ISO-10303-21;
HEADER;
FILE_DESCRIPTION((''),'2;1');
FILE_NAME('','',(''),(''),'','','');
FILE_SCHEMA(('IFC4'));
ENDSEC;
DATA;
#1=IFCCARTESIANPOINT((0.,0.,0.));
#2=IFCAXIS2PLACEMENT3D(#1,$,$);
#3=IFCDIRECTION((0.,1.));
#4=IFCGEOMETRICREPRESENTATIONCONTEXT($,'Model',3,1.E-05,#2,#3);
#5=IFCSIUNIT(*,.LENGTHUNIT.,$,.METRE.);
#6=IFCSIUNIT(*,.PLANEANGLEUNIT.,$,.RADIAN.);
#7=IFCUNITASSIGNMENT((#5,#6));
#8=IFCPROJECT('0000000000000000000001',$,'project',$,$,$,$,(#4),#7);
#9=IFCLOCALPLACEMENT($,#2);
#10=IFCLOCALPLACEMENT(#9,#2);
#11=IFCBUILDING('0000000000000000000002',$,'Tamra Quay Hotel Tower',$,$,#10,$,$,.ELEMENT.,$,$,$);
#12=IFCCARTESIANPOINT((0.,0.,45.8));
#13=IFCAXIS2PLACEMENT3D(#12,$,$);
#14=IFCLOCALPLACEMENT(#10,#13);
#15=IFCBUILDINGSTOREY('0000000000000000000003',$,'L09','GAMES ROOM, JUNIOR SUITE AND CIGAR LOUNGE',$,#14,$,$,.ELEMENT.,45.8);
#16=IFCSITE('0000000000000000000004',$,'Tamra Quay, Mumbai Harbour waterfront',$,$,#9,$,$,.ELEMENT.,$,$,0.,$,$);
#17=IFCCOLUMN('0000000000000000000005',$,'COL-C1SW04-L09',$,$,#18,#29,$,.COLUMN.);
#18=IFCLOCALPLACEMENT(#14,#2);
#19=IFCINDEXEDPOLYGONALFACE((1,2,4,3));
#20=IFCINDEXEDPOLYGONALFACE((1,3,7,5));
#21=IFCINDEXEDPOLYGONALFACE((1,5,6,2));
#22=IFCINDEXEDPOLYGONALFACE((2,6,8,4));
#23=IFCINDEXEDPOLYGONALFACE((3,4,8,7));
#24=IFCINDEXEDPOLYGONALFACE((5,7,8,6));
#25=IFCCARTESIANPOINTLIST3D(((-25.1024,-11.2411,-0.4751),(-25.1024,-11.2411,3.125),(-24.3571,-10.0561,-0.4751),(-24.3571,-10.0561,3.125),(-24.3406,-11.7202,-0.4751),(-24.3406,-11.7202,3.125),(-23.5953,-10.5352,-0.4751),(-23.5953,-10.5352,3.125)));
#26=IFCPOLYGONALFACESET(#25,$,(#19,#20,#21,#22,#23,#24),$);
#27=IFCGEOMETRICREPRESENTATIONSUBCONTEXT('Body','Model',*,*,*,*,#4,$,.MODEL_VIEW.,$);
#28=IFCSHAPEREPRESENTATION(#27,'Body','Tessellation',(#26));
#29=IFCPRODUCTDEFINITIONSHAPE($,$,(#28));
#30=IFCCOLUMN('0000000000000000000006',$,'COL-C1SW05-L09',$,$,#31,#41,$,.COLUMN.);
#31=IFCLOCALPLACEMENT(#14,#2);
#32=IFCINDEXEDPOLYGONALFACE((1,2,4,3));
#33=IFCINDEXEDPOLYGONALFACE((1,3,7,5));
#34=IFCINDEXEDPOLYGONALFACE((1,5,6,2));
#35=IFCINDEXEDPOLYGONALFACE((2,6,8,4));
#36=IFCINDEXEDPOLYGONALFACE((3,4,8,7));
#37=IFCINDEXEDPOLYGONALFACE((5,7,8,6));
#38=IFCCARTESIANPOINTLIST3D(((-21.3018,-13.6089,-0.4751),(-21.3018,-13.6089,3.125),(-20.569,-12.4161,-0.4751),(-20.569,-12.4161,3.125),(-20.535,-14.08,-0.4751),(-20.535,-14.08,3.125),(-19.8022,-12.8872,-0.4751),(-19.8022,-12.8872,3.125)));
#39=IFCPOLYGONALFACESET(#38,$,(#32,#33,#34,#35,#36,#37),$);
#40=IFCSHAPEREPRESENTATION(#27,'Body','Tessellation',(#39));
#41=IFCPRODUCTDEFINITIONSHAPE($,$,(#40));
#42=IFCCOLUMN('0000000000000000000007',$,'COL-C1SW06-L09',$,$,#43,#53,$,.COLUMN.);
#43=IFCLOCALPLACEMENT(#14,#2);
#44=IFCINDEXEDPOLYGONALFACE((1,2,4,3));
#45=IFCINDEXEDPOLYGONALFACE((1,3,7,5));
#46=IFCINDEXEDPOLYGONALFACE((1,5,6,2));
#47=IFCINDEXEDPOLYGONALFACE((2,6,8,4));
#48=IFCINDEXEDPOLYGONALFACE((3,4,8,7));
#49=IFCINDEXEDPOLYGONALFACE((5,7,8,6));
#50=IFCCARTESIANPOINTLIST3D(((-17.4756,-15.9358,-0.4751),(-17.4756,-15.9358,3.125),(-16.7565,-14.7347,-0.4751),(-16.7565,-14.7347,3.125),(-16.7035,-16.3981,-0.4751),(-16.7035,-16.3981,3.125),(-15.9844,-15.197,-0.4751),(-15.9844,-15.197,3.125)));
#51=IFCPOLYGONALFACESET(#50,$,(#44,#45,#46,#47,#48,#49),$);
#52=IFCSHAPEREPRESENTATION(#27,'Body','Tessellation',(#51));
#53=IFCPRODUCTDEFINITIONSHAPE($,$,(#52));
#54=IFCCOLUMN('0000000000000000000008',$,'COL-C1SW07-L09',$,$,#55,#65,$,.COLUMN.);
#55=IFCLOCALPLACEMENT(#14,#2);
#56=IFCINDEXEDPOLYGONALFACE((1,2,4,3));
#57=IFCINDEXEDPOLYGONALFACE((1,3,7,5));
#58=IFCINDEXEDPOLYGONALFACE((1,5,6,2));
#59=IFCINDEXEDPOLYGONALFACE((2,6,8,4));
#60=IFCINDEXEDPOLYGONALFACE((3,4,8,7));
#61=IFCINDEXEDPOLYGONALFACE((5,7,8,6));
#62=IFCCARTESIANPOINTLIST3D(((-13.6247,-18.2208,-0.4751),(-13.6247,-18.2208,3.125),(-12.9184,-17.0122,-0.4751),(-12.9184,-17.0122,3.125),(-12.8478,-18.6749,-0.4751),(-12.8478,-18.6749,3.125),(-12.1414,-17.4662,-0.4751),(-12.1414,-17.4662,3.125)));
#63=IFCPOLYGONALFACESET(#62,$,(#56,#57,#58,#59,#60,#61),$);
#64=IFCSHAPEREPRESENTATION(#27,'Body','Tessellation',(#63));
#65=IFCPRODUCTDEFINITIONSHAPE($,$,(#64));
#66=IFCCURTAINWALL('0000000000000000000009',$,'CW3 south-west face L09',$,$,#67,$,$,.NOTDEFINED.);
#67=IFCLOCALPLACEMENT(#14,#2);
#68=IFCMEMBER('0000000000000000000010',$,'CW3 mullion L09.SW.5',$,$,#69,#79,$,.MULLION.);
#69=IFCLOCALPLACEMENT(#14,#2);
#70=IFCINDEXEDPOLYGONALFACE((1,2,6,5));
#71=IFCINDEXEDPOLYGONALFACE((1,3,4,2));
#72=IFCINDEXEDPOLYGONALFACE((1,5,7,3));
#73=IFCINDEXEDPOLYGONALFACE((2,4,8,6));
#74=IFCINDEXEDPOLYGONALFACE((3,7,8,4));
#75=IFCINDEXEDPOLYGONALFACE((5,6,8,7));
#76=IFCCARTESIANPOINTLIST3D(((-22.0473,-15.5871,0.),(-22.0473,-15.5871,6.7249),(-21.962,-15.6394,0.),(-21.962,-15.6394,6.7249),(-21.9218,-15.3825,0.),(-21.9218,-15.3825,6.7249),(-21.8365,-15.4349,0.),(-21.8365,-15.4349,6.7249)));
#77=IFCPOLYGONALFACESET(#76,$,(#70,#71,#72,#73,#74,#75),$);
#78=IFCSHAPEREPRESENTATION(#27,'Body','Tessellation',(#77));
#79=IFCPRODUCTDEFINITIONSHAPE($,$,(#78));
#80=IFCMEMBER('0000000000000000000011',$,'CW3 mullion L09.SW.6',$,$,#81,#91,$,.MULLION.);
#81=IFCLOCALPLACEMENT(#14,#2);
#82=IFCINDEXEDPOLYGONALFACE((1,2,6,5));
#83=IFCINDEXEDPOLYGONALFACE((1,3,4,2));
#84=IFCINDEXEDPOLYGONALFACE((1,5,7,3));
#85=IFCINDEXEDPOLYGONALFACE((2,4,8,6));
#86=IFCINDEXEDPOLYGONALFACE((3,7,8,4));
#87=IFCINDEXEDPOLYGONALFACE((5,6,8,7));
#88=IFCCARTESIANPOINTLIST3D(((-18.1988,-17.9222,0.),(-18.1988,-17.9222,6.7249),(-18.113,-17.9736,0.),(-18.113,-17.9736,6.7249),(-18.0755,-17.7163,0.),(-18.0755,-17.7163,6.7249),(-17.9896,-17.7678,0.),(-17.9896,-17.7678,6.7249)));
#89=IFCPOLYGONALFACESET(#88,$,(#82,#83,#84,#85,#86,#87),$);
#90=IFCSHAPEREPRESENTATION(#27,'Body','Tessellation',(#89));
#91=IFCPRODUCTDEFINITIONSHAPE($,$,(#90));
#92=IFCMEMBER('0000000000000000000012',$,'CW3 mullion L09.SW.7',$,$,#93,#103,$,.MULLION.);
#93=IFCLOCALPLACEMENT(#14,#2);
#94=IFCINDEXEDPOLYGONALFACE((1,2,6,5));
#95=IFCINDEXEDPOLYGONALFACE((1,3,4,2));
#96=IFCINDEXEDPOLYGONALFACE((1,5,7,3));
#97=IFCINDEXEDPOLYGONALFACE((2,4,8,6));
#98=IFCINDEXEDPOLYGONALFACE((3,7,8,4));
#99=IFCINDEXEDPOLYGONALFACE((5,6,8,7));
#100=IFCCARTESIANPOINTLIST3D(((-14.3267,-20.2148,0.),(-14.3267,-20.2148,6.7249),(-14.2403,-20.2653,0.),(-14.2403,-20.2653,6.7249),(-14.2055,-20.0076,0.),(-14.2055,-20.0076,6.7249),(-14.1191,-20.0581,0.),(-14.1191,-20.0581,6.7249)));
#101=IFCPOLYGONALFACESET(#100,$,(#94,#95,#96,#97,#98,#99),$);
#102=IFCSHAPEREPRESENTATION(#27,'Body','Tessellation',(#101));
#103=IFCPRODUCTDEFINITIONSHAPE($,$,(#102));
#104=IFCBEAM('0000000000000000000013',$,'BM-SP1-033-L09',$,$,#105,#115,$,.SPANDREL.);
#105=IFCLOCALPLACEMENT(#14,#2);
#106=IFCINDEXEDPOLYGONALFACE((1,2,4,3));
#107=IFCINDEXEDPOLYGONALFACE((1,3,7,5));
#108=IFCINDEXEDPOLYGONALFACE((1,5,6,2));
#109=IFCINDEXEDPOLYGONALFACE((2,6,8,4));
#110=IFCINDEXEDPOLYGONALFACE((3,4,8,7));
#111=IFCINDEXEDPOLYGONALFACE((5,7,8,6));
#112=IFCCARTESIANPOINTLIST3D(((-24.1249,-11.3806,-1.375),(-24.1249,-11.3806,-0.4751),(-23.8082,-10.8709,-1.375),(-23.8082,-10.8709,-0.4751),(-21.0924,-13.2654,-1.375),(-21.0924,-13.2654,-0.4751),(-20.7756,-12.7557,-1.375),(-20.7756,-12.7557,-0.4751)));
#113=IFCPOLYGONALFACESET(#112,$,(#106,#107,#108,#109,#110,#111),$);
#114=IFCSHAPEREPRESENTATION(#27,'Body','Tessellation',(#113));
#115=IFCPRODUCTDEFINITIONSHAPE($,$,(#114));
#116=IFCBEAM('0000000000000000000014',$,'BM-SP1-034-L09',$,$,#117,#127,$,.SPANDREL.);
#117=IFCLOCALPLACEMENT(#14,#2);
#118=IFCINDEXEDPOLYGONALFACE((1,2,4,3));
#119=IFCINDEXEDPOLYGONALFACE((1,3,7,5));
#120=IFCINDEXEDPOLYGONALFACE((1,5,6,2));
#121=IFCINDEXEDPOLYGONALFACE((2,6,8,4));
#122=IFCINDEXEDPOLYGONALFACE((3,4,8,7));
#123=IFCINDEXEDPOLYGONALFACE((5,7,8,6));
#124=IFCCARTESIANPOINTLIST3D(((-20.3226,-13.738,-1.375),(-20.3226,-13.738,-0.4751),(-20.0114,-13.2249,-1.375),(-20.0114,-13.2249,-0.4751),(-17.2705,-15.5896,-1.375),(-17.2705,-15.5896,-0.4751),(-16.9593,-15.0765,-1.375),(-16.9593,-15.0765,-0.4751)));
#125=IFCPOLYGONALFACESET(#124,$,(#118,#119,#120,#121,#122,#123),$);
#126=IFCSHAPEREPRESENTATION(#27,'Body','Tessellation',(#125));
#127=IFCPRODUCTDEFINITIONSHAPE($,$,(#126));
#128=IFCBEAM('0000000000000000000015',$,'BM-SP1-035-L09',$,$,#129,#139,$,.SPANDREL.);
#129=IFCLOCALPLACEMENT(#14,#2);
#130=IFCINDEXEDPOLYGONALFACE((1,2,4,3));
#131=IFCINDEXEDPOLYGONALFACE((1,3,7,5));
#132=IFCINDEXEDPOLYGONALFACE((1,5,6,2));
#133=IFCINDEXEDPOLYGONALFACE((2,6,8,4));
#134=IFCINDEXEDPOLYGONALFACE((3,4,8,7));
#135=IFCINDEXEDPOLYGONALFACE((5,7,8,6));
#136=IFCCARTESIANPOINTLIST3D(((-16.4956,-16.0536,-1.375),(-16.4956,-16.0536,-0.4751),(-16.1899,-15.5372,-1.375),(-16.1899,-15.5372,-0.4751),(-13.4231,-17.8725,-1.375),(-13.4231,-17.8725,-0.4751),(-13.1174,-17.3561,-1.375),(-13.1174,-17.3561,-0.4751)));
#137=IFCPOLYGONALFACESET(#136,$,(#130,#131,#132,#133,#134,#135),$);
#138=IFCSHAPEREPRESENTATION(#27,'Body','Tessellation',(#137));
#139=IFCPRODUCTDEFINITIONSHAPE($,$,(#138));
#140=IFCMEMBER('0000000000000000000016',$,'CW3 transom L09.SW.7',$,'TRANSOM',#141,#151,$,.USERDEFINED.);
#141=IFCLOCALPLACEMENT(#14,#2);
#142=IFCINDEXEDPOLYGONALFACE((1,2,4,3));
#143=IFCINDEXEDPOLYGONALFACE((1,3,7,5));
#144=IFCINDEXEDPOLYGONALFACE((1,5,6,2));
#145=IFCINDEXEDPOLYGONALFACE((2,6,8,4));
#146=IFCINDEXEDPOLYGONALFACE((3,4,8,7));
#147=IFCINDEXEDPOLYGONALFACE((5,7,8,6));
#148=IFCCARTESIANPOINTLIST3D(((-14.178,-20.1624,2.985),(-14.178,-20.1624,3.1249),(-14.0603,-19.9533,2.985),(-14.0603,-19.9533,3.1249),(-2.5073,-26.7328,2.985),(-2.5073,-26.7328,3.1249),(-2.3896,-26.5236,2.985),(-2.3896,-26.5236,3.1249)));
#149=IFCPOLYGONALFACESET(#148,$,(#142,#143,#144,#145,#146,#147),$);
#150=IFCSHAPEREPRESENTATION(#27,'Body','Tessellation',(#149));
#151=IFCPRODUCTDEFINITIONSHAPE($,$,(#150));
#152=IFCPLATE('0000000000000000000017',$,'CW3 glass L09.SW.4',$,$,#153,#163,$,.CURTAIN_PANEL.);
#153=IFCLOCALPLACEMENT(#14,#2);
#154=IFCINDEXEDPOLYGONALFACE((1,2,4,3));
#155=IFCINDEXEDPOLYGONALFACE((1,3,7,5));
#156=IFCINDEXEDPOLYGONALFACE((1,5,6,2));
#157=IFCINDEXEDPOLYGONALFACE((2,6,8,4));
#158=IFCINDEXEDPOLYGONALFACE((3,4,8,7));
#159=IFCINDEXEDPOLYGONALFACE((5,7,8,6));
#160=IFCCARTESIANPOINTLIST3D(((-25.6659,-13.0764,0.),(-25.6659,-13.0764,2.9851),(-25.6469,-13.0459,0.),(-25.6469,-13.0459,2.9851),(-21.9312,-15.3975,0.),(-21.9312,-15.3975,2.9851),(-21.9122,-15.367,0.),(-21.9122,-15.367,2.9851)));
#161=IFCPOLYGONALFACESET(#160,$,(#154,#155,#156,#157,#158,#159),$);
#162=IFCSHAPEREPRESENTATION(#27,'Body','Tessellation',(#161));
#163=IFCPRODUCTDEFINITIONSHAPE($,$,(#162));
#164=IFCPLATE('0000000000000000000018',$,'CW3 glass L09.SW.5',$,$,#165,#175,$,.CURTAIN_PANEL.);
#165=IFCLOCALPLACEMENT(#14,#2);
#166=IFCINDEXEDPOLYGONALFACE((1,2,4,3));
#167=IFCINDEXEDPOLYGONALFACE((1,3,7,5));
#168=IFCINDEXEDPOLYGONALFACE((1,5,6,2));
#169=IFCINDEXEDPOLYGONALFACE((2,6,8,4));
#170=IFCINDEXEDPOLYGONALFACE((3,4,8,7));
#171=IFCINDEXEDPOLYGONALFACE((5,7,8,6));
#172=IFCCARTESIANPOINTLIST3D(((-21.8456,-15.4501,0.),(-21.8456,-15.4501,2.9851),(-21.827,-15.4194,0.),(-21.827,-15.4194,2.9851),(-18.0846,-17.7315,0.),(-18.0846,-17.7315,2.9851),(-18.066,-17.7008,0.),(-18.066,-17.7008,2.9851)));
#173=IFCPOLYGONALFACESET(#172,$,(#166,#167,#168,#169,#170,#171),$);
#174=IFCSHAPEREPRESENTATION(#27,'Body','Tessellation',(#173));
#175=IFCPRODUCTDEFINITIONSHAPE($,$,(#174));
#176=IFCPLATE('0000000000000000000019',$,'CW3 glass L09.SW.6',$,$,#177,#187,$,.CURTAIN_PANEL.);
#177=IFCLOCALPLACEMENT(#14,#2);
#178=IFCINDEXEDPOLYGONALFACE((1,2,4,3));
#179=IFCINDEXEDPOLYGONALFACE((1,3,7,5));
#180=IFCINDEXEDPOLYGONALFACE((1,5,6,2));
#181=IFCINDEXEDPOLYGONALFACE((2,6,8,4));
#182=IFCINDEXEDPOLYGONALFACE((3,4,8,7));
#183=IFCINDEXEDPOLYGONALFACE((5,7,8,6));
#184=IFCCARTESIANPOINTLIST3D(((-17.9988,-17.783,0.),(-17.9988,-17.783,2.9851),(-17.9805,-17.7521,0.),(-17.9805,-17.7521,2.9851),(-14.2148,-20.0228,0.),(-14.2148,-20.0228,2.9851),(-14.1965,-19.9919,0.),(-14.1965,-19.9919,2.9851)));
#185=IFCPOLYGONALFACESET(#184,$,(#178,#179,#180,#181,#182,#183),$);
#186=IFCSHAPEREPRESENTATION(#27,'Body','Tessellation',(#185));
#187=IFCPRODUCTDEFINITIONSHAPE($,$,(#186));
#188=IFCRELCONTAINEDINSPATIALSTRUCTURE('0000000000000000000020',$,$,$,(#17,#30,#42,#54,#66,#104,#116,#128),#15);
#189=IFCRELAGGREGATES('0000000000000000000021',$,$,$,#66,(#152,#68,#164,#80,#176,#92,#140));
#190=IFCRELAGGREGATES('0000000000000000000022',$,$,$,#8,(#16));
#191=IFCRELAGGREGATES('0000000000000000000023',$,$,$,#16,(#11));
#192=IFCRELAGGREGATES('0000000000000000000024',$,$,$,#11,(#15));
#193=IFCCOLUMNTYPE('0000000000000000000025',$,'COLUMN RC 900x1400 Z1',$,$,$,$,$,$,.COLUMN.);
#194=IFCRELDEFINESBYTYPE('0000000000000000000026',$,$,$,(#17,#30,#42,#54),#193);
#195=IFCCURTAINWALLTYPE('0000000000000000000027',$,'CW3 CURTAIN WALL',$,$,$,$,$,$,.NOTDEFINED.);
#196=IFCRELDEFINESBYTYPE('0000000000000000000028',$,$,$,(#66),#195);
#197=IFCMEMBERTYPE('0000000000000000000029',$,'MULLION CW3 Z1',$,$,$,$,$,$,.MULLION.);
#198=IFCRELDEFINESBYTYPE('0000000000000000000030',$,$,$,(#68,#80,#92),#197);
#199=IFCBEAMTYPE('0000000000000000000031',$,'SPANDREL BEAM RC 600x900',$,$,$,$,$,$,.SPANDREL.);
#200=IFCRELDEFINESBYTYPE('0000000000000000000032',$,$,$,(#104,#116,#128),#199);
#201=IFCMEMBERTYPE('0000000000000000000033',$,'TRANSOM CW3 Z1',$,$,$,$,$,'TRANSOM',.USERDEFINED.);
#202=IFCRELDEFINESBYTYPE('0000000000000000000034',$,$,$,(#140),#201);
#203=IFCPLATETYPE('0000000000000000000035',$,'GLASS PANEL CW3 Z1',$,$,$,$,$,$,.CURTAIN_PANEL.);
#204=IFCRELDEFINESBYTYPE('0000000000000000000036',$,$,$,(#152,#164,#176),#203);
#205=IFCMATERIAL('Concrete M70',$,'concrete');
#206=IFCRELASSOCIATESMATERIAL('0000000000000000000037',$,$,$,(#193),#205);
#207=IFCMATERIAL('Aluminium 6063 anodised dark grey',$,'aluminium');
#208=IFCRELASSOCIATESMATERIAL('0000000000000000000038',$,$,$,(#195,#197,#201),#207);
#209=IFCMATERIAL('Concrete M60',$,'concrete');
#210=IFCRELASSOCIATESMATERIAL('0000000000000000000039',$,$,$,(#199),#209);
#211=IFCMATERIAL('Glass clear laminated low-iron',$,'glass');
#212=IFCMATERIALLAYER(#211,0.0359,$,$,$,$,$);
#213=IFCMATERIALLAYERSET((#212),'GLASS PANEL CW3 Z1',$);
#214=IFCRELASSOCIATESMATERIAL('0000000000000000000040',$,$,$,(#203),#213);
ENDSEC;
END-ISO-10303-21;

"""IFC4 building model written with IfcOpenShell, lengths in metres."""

from ifc_helpers import new_model, si_unit, direction, frame, origin, origin_2d, place, context, subcontext, project, spatial, rectangle, extrude, material, layer, layer_set, material_profile, profile_set, type_object, element, aggregate, save


model = new_model("IFC4")

# Units and contexts
model_context = context("Model", 3, precision=1e-05, world=origin(), true_north=direction((0.0, 1.0)))
body_context = subcontext(model_context, "Body", "Model", "MODEL_VIEW")
ifc_project = project(units=[si_unit("LENGTHUNIT", "METRE"), si_unit("PLANEANGLEUNIT", "RADIAN")], contexts=[model_context])

# Site, building, storey
site_placement = place(None, origin())
site = spatial("IfcSite", under=ifc_project, at=site_placement, Name="Tamra Quay, Mumbai Harbour waterfront", CompositionType="ELEMENT", RefElevation=0.0)
building_placement = place(site_placement, origin())
building = spatial("IfcBuilding", under=site, at=building_placement, Name="Tamra Quay Hotel Tower", CompositionType="ELEMENT")
storey_placement = place(building_placement, frame((0.0, 0.0, 45.8)))
storey = spatial("IfcBuildingStorey", under=building, at=storey_placement, Name="L09", Description="GAMES ROOM, JUNIOR SUITE AND CIGAR LOUNGE", CompositionType="ELEMENT", Elevation=45.8)

# Columns
ifc_material_1 = material(Name="Concrete M70", Category="concrete")
ifc_material_profile_1 = material_profile(ifc_material_1, rectangle(XDim=1.3999, YDim=0.8999, at=origin_2d()), Name="COLUMN RC 900x1400 Z1")
ifc_profile_set_1 = profile_set([ifc_material_profile_1], Name="Concrete M70")
column_type = type_object("IfcColumnType", Name="COLUMN RC 900x1400 Z1", PredefinedType="COLUMN", material=ifc_profile_set_1)
for number, where, z_axis, x_axis, name in (
    (1, (-24.3489, -10.8882, -0.4751), (0.0, 0.0, 1.0), (0.532389, 0.8465, 0.0), "COL-C1SW04-L09"),
    (2, (-20.552, -13.248, -0.4751), (0.0, 0.0, 1.0), (0.52343, 0.852069, 0.0), "COL-C1SW05-L09"),
    (3, (-16.73, -15.5664, -0.4751), (0.0, 0.0, 1.0), (0.513654, 0.857998, 0.0), "COL-C1SW06-L09"),
    (4, (-12.8831, -17.8435, -0.4751), (0.0, 0.0, 1.0), (0.504565, 0.863374, 0.0), "COL-C1SW07-L09"),
):
    element("IfcColumn", number, at=place(storey_placement, frame(where, z_axis=z_axis, x_axis=x_axis)), inside=storey, type_object=column_type, Name=name, PredefinedType="COLUMN", context=body_context, shape_type="SweptSolid", body=[
        extrude(rectangle(XDim=1.3999, YDim=0.8999, at=origin_2d()), origin(), (0.0, 0.0, 1.0), 3.6001),
    ])

# Curtain wall, members
ifc_material_2 = material(Name="Aluminium 6063 anodised dark grey", Category="aluminium")
curtain_wall_type = type_object("IfcCurtainWallType", Name="CW3 CURTAIN WALL", PredefinedType="NOTDEFINED", material=ifc_material_2)
curtain_wall_placement = place(storey_placement, origin())
curtain_wall = element("IfcCurtainWall", 5, at=curtain_wall_placement, inside=storey, type_object=curtain_wall_type, Name="CW3 south-west face L09", PredefinedType="NOTDEFINED")
ifc_material_profile_2 = material_profile(ifc_material_2, rectangle(XDim=0.24, YDim=0.1001, at=origin_2d()), Name="MULLION 100X240")
ifc_profile_set_2 = profile_set([ifc_material_profile_2], Name="Aluminium 6063 anodised dark grey")
member_type_1 = type_object("IfcMemberType", Name="MULLION CW3 Z1", PredefinedType="MULLION", material=ifc_profile_set_2)
member_1_placement = place(storey_placement, frame((-21.9419, -15.511, 0.0), z_axis=(0.0, 0.0, 1.0), x_axis=(-0.523257, -0.852175, 0.0)))
member_1 = element("IfcMember", 6, at=member_1_placement, type_object=member_type_1, Name="CW3 mullion L09.SW.5", PredefinedType="MULLION", context=body_context, shape_type="SweptSolid", body=[
    extrude(rectangle(XDim=0.24, YDim=0.1001, at=origin_2d()), origin(), (0.0, 0.0, 1.0), 6.7249),
])
member_2_placement = place(storey_placement, frame((-18.0942, -17.845, 0.0), z_axis=(0.0, 0.0, 1.0), x_axis=(-0.514004, -0.857788, 0.0)))
member_2 = element("IfcMember", 7, at=member_2_placement, type_object=member_type_1, Name="CW3 mullion L09.SW.6", PredefinedType="MULLION", context=body_context, shape_type="SweptSolid", body=[
    extrude(rectangle(XDim=0.24, YDim=0.1001, at=origin_2d()), origin(), (0.0, 0.0, 1.0), 6.7249),
])
member_3_placement = place(storey_placement, frame((-14.2229, -20.1365, 0.0), z_axis=(0.0, 0.0, 1.0), x_axis=(-0.504685, -0.863304, 0.0)))
member_3 = element("IfcMember", 8, at=member_3_placement, type_object=member_type_1, Name="CW3 mullion L09.SW.7", PredefinedType="MULLION", context=body_context, shape_type="SweptSolid", body=[
    extrude(rectangle(XDim=0.24, YDim=0.1001, at=origin_2d()), origin(), (0.0, 0.0, 1.0), 6.7249),
])

# Beams
ifc_material_3 = material(Name="Concrete M60", Category="concrete")
ifc_material_profile_3 = material_profile(ifc_material_3, rectangle(XDim=0.6001, YDim=0.8999, at=origin_2d()), Name="SPANDREL BEAM RC 600x900")
ifc_profile_set_3 = profile_set([ifc_material_profile_3], Name="Concrete M60")
beam_type = type_object("IfcBeamType", Name="SPANDREL BEAM RC 600x900", PredefinedType="SPANDREL", material=ifc_profile_set_3)
beam_1_placement = place(storey_placement, frame((-23.9666, -11.1257, -0.925), z_axis=(0.849321, -0.527877, 0.0), x_axis=(0.527877, 0.849321, 0.0)))
element("IfcBeam", 9, at=beam_1_placement, inside=storey, type_object=beam_type, Name="BM-SP1-033-L09", PredefinedType="SPANDREL", context=body_context, shape_type="SweptSolid", body=[
    extrude(rectangle(XDim=0.6001, YDim=0.8999, at=origin_2d()), origin(), (0.0, 0.0, 1.0), 3.5706),
])
beam_2_placement = place(storey_placement, frame((-20.167, -13.4814, -0.925), z_axis=(0.854966, -0.518684, 0.0), x_axis=(0.518684, 0.854966, 0.0)))
element("IfcBeam", 10, at=beam_2_placement, inside=storey, type_object=beam_type, Name="BM-SP1-034-L09", PredefinedType="SPANDREL", context=body_context, shape_type="SweptSolid", body=[
    extrude(rectangle(XDim=0.6001, YDim=0.8999, at=origin_2d()), origin(), (0.0, 0.0, 1.0), 3.5698),
])
beam_3_placement = place(storey_placement, frame((-16.3428, -15.7954, -0.925), z_axis=(0.860525, -0.509409, 0.0), x_axis=(0.509409, 0.860525, 0.0)))
element("IfcBeam", 11, at=beam_3_placement, inside=storey, type_object=beam_type, Name="BM-SP1-035-L09", PredefinedType="SPANDREL", context=body_context, shape_type="SweptSolid", body=[
    extrude(rectangle(XDim=0.6001, YDim=0.8999, at=origin_2d()), origin(), (0.0, 0.0, 1.0), 3.5706),
])

# Member
ifc_material_profile_4 = material_profile(ifc_material_2, rectangle(XDim=0.24, YDim=0.1399, at=origin_2d()), Name="TRANSOM 240X140")
ifc_profile_set_4 = profile_set([ifc_material_profile_4], Name="Aluminium 6063 anodised dark grey")
member_type_2 = type_object("IfcMemberType", Name="TRANSOM CW3 Z1", ElementType="TRANSOM", PredefinedType="USERDEFINED", material=ifc_profile_set_4)
member_4_placement = place(storey_placement, frame((-14.1191, -20.0579, 3.0549), z_axis=(0.871398, -0.490577, 0.0), x_axis=(0.490577, 0.871398, 0.0)))
member_4 = element("IfcMember", 12, at=member_4_placement, type_object=member_type_2, Name="CW3 transom L09.SW.7", ObjectType="TRANSOM", PredefinedType="USERDEFINED", context=body_context, shape_type="SweptSolid", body=[
    extrude(rectangle(XDim=0.24, YDim=0.1399, at=origin_2d()), origin(), (0.0, 0.0, 1.0), 13.3931),
])

# Plates
ifc_material_4 = material(Name="Glass clear laminated low-iron", Category="glass")
ifc_layer_1 = layer(ifc_material_4, 0.0359)
ifc_layer_set_1 = layer_set([ifc_layer_1], Name="GLASS PANEL CW3 Z1")
plate_type = type_object("IfcPlateType", Name="GLASS PANEL CW3 Z1", PredefinedType="CURTAIN_PANEL", material=ifc_layer_set_1)
plate_1_placement = place(storey_placement, frame((-23.7891, -14.2217, 0.0), z_axis=(0.0, 0.0, 1.0), x_axis=(0.849331, -0.52786, 0.0)))
plate_1 = element("IfcPlate", 13, at=plate_1_placement, type_object=plate_type, Name="CW3 glass L09.SW.4", PredefinedType="CURTAIN_PANEL", context=body_context, shape_type="SweptSolid", body=[
    extrude(rectangle(XDim=4.3972, YDim=0.0359, at=origin_2d()), origin(), (0.0, 0.0, 1.0), 2.9851),
])
plate_2_placement = place(storey_placement, frame((-19.9558, -16.5754, 0.0), z_axis=(0.0, 0.0, 1.0), x_axis=(0.854994, -0.518639, 0.0)))
plate_2 = element("IfcPlate", 14, at=plate_2_placement, type_object=plate_type, Name="CW3 glass L09.SW.5", PredefinedType="CURTAIN_PANEL", context=body_context, shape_type="SweptSolid", body=[
    extrude(rectangle(XDim=4.3989, YDim=0.0359, at=origin_2d()), origin(), (0.0, 0.0, 1.0), 2.9851),
])
plate_3_placement = place(storey_placement, frame((-16.0977, -18.8875, 0.0), z_axis=(0.0, 0.0, 1.0), x_axis=(0.860557, -0.509355, 0.0)))
plate_3 = element("IfcPlate", 15, at=plate_3_placement, type_object=plate_type, Name="CW3 glass L09.SW.6", PredefinedType="CURTAIN_PANEL", context=body_context, shape_type="SweptSolid", body=[
    extrude(rectangle(XDim=4.3972, YDim=0.0359, at=origin_2d()), origin(), (0.0, 0.0, 1.0), 2.9851),
])
aggregate(curtain_wall, [plate_1, member_1, plate_2, member_2, plate_3, member_3, member_4])

save(model, "model.ifc")
